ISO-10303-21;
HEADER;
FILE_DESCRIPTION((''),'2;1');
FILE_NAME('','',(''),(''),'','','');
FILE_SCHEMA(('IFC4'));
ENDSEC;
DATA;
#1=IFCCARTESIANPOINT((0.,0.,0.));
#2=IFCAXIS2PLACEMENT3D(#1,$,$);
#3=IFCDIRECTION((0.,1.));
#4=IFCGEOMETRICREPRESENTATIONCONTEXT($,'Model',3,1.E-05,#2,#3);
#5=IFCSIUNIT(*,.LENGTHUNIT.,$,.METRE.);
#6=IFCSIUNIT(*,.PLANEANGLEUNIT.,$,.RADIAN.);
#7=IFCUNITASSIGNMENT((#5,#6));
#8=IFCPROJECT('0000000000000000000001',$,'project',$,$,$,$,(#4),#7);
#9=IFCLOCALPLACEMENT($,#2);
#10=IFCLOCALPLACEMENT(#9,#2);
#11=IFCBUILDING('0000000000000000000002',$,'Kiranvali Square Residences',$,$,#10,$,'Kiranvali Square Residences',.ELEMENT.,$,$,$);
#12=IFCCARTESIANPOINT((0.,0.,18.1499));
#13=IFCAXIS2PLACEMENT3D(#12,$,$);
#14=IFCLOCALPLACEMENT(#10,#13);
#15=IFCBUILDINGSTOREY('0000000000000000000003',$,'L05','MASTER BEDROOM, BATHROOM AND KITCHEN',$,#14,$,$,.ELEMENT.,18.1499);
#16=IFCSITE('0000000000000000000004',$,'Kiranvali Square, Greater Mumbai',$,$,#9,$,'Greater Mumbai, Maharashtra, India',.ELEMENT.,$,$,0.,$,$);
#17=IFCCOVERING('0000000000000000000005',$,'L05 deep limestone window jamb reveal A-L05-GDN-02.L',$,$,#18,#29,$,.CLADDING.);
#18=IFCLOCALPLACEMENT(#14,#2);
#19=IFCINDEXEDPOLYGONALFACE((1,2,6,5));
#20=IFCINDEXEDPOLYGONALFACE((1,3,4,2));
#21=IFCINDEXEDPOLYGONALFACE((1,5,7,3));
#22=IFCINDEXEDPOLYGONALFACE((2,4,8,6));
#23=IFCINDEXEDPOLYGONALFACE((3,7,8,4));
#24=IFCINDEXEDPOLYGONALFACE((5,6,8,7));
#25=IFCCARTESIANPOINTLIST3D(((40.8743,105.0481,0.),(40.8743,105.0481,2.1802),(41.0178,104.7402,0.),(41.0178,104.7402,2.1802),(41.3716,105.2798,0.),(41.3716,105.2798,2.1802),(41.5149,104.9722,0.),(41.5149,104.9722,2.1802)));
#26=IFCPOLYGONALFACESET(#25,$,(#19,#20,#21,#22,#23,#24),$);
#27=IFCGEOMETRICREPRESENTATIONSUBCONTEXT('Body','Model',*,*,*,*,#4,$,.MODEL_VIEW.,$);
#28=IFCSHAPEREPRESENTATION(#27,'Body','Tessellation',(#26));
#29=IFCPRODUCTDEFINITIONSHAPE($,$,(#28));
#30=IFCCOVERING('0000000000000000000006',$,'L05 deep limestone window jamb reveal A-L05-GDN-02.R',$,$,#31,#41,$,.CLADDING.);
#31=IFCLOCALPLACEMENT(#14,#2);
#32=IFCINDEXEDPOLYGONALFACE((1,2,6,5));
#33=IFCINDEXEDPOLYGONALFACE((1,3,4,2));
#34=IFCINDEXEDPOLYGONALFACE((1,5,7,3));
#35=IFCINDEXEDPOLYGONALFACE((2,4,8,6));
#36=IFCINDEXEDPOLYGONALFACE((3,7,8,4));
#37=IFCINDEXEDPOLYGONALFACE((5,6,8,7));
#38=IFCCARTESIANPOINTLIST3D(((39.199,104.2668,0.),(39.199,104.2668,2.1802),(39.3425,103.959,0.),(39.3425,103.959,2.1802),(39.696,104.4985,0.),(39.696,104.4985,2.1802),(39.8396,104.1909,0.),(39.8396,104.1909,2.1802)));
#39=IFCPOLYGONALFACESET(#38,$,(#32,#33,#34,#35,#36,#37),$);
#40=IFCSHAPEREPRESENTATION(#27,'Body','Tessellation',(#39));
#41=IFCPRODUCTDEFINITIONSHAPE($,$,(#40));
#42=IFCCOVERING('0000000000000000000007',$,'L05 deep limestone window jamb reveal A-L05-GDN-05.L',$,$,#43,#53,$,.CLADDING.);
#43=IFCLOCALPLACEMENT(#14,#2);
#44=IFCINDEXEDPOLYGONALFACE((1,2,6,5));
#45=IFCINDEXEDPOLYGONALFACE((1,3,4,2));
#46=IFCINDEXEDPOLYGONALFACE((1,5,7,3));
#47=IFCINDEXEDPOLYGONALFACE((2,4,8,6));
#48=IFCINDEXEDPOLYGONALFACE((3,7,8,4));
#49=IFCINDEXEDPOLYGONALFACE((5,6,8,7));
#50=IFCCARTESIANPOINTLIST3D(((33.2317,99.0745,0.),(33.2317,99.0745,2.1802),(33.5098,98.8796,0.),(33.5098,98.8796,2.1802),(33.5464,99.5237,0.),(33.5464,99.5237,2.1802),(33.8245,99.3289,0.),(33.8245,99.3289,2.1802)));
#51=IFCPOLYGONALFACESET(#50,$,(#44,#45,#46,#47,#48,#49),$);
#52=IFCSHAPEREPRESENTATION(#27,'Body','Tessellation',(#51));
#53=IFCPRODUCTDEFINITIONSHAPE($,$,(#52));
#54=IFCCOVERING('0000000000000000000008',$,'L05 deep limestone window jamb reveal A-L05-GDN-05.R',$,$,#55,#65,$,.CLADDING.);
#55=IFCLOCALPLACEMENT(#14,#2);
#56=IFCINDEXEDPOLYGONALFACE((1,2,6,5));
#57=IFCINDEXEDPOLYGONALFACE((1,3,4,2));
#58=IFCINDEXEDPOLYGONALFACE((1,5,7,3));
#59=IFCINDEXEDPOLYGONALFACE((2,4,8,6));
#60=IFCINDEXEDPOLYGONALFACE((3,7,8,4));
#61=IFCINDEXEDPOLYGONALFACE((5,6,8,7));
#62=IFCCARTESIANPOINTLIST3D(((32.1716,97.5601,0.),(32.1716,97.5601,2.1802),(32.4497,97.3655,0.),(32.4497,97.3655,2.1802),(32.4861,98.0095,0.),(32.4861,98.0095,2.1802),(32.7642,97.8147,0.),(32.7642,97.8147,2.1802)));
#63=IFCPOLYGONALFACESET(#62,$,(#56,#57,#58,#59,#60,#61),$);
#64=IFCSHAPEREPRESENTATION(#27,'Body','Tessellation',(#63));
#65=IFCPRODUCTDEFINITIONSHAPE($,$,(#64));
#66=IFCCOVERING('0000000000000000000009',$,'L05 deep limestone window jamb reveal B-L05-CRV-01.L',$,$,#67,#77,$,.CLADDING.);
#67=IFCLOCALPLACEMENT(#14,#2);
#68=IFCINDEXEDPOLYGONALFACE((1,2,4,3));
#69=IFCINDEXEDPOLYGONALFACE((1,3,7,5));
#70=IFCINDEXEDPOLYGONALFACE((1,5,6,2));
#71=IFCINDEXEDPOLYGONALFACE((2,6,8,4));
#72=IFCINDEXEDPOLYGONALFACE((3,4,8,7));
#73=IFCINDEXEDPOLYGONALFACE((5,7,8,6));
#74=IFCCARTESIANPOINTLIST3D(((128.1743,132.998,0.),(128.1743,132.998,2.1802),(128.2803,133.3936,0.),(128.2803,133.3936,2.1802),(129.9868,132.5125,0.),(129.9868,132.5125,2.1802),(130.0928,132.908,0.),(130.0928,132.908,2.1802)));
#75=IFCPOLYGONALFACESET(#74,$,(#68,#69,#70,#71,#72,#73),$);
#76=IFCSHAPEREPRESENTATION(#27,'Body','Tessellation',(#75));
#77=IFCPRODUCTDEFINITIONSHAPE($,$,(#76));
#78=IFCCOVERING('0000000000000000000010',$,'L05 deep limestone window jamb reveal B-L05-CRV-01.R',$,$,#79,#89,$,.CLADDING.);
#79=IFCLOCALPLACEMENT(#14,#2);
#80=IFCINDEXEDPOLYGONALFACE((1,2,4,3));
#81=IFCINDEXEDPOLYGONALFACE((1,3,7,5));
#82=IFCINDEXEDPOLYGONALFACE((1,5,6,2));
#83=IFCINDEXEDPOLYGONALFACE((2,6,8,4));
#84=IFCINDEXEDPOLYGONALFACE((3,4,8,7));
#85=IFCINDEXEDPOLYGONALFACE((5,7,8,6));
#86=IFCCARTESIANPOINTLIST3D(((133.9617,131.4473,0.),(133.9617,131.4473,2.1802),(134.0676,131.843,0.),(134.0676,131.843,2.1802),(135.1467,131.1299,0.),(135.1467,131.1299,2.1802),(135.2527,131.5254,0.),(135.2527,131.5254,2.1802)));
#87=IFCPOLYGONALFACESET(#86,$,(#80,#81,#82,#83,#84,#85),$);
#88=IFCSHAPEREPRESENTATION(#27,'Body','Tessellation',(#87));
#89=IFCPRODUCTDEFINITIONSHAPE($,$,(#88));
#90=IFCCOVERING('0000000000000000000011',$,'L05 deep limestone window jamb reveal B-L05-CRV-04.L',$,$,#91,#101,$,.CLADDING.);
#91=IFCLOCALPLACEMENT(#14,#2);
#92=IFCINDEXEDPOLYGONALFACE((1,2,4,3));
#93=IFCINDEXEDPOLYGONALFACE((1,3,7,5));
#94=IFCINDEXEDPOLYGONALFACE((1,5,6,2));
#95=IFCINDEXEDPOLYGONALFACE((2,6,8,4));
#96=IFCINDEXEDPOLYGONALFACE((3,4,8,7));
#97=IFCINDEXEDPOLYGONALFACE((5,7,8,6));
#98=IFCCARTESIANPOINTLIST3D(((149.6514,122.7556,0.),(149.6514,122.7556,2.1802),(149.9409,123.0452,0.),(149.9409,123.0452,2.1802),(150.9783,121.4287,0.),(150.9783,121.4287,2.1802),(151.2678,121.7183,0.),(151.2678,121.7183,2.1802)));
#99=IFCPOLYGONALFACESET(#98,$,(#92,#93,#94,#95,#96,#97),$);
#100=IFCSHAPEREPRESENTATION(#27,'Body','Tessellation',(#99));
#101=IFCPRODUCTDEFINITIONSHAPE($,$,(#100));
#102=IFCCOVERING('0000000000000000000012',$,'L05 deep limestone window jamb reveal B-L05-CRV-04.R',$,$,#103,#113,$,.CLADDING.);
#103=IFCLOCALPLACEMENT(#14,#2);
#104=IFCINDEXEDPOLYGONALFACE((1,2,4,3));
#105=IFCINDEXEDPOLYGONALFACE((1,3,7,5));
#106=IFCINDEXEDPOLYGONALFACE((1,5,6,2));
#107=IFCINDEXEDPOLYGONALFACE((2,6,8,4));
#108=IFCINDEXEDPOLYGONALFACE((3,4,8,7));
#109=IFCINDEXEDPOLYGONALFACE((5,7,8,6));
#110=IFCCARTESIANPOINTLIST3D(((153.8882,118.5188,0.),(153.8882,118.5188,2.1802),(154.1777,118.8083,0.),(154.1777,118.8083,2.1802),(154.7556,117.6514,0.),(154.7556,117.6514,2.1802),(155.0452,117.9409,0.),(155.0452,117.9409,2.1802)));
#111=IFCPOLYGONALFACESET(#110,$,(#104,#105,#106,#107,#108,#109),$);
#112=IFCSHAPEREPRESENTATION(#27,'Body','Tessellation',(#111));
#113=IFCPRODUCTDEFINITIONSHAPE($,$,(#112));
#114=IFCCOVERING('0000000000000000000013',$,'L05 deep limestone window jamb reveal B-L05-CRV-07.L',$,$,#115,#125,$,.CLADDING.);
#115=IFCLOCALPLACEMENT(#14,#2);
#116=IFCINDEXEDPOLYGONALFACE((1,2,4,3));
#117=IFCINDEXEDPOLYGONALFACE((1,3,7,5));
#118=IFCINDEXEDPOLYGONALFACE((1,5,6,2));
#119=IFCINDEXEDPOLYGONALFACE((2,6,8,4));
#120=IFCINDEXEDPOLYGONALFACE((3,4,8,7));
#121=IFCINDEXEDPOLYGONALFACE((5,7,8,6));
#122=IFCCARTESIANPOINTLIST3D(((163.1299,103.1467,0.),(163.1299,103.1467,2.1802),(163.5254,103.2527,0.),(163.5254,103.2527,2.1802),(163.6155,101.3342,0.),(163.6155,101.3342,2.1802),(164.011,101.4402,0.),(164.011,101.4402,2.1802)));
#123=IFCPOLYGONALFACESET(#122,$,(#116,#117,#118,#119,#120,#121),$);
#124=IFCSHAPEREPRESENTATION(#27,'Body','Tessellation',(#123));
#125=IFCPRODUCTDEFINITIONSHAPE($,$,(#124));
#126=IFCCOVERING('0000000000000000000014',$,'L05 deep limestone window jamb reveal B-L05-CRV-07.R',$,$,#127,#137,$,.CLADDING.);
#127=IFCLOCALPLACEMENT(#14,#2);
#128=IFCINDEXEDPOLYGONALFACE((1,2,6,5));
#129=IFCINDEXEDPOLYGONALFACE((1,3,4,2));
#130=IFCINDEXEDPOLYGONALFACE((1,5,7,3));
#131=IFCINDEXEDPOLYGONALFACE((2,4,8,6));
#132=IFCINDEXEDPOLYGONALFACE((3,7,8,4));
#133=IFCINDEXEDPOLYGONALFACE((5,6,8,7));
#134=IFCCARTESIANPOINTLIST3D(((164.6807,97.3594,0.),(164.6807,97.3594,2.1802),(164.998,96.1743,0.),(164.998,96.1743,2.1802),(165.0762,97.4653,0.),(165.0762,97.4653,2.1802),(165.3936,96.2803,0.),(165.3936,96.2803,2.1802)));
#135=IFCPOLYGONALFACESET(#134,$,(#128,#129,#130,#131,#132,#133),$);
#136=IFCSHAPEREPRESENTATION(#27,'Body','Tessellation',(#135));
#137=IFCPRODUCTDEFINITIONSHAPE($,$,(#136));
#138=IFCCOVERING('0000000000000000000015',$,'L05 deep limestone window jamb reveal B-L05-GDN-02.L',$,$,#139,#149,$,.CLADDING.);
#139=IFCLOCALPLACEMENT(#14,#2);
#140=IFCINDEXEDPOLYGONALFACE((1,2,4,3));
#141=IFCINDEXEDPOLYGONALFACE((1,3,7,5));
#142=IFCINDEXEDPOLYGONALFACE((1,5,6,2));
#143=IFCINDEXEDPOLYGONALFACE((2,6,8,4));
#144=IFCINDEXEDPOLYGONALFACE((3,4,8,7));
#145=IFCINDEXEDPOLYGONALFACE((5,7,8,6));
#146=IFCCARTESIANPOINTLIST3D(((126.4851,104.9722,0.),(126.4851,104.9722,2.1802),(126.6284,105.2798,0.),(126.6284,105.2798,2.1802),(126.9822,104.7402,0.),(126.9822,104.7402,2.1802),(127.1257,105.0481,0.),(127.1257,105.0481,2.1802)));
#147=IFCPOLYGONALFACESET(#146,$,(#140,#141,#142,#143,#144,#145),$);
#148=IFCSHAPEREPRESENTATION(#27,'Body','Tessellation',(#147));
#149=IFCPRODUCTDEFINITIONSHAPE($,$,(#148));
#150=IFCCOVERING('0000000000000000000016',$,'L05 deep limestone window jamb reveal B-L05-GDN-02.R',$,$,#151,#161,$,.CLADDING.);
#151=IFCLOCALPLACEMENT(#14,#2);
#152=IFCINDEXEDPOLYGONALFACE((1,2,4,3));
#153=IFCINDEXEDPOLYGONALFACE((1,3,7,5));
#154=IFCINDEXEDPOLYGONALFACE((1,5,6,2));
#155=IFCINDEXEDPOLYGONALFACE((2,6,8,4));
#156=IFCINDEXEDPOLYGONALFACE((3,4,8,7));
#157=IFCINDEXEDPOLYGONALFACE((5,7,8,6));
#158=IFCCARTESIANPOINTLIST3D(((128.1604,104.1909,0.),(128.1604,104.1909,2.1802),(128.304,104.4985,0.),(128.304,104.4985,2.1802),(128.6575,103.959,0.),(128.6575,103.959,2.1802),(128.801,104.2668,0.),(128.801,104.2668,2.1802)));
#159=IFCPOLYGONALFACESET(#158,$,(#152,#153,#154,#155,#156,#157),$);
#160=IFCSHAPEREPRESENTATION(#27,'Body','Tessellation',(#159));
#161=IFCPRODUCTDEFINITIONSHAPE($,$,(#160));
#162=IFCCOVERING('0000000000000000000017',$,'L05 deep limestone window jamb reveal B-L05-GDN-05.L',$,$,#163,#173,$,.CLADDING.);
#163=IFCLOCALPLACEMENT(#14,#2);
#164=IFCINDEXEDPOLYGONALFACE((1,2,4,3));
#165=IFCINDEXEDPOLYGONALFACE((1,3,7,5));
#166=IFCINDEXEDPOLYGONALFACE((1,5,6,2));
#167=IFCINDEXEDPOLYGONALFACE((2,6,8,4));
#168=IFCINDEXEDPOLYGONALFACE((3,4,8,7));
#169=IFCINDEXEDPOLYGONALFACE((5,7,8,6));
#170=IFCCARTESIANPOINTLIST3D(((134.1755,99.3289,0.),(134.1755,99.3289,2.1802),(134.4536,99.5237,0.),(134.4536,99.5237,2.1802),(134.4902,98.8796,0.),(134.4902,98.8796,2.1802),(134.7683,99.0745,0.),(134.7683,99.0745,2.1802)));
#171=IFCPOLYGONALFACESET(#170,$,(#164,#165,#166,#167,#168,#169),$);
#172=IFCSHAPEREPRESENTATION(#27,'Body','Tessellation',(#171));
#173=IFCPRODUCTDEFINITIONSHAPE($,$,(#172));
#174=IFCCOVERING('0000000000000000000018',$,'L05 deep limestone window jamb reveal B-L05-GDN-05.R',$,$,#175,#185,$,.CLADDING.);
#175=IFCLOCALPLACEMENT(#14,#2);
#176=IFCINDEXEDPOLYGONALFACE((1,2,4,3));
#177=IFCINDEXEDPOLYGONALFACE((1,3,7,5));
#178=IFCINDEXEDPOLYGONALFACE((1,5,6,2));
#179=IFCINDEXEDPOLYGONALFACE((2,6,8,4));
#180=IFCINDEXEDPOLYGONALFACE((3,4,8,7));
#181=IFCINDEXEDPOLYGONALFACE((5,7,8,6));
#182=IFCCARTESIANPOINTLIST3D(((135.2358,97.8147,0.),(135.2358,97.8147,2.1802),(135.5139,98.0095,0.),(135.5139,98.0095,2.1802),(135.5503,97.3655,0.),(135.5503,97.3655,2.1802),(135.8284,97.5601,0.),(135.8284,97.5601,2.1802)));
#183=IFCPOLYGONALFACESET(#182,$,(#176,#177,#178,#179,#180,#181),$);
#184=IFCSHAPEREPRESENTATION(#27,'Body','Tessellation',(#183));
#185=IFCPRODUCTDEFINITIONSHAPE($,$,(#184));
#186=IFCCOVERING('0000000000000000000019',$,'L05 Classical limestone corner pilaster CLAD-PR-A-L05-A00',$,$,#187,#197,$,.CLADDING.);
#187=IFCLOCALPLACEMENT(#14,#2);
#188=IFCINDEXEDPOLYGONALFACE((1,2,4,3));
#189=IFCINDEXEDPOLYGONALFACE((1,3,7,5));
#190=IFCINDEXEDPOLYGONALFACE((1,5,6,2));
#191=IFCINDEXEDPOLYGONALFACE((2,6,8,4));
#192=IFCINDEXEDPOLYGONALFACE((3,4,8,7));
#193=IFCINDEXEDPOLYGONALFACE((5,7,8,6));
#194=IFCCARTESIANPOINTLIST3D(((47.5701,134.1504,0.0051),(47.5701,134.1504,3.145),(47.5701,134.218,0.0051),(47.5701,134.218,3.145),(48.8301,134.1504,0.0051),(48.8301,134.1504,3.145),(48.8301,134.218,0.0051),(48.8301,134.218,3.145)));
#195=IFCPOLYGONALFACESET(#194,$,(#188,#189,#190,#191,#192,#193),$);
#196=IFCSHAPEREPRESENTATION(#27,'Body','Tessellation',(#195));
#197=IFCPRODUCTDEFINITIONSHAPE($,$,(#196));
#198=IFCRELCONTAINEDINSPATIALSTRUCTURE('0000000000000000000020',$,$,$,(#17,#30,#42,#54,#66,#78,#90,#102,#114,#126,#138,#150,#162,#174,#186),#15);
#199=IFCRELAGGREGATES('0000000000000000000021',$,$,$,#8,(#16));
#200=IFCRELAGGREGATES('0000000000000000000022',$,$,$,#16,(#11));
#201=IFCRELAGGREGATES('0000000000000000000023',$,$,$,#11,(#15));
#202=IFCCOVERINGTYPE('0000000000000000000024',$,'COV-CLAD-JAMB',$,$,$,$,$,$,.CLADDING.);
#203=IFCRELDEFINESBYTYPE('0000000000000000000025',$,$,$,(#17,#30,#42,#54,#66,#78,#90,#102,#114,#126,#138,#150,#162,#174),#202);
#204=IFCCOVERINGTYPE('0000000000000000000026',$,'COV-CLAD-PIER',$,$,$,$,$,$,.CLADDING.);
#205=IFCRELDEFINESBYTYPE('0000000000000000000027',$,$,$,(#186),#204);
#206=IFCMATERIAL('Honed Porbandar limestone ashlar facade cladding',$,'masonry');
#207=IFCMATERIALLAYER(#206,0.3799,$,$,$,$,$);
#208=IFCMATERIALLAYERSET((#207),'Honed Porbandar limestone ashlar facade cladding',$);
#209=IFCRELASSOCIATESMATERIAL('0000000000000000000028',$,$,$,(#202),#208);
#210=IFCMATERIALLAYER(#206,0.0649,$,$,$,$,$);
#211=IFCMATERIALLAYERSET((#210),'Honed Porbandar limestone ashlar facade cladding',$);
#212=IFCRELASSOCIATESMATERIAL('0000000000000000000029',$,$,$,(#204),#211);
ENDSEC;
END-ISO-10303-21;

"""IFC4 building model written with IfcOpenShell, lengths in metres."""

from ifc_helpers import new_model, si_unit, direction, frame, origin, place, context, subcontext, project, spatial, polyline, outline, extrude, material, layer, layer_set, type_object, element, save


model = new_model("IFC4")

# Units and contexts
model_context = context("Model", 3, precision=1e-05, world=origin(), true_north=direction((0.0, 1.0)))
body_context = subcontext(model_context, "Body", "Model", "MODEL_VIEW")
ifc_project = project(units=[si_unit("LENGTHUNIT", "METRE"), si_unit("PLANEANGLEUNIT", "RADIAN")], contexts=[model_context])

# Site, building, storey
site_placement = place(None, origin())
site = spatial("IfcSite", under=ifc_project, at=site_placement, Name="Kiranvali Square, Greater Mumbai", LongName="Greater Mumbai, Maharashtra, India", CompositionType="ELEMENT", RefElevation=0.0)
building_placement = place(site_placement, origin())
building = spatial("IfcBuilding", under=site, at=building_placement, Name="Kiranvali Square Residences", LongName="Kiranvali Square Residences", CompositionType="ELEMENT")
storey_placement = place(building_placement, frame((0.0, 0.0, 18.1499)))
storey = spatial("IfcBuildingStorey", under=building, at=storey_placement, Name="L05", Description="MASTER BEDROOM, BATHROOM AND KITCHEN", CompositionType="ELEMENT", Elevation=18.1499)

# Coverings
ifc_material_1 = material(Name="Honed Porbandar limestone ashlar facade cladding", Category="masonry")
ifc_layer_1 = layer(ifc_material_1, 0.3799)
ifc_layer_set_1 = layer_set([ifc_layer_1], Name="Honed Porbandar limestone ashlar facade cladding")
covering_type_1 = type_object("IfcCoveringType", Name="COV-CLAD-JAMB", PredefinedType="CLADDING", material=ifc_layer_set_1)
covering_1_placement = place(storey_placement, origin())
element("IfcCovering", 1, at=covering_1_placement, inside=storey, type_object=covering_type_1, Name="L05 deep limestone window jamb reveal A-L05-GDN-02.L", PredefinedType="CLADDING", context=body_context, shape_type="SweptSolid", body=[
    extrude(outline(polyline([(41.3716, 105.2798), (40.8743, 105.0481), (41.0178, 104.7402), (41.5149, 104.9722), (41.3716, 105.2798)])), origin(), (0.0, 0.0, 1.0), 2.1802),
])
covering_2_placement = place(storey_placement, origin())
element("IfcCovering", 2, at=covering_2_placement, inside=storey, type_object=covering_type_1, Name="L05 deep limestone window jamb reveal A-L05-GDN-02.R", PredefinedType="CLADDING", context=body_context, shape_type="SweptSolid", body=[
    extrude(outline(polyline([(39.696, 104.4985), (39.199, 104.2668), (39.3425, 103.959), (39.8396, 104.1909), (39.696, 104.4985)])), origin(), (0.0, 0.0, 1.0), 2.1802),
])
covering_3_placement = place(storey_placement, origin())
element("IfcCovering", 3, at=covering_3_placement, inside=storey, type_object=covering_type_1, Name="L05 deep limestone window jamb reveal A-L05-GDN-05.L", PredefinedType="CLADDING", context=body_context, shape_type="SweptSolid", body=[
    extrude(outline(polyline([(33.5464, 99.5237), (33.2317, 99.0745), (33.5098, 98.8796), (33.8245, 99.3289), (33.5464, 99.5237)])), origin(), (0.0, 0.0, 1.0), 2.1802),
])
covering_4_placement = place(storey_placement, origin())
element("IfcCovering", 4, at=covering_4_placement, inside=storey, type_object=covering_type_1, Name="L05 deep limestone window jamb reveal A-L05-GDN-05.R", PredefinedType="CLADDING", context=body_context, shape_type="SweptSolid", body=[
    extrude(outline(polyline([(32.4861, 98.0095), (32.1716, 97.5601), (32.4497, 97.3655), (32.7642, 97.8147), (32.4861, 98.0095)])), origin(), (0.0, 0.0, 1.0), 2.1802),
])
covering_5_placement = place(storey_placement, origin())
element("IfcCovering", 5, at=covering_5_placement, inside=storey, type_object=covering_type_1, Name="L05 deep limestone window jamb reveal B-L05-CRV-01.L", PredefinedType="CLADDING", context=body_context, shape_type="SweptSolid", body=[
    extrude(outline(polyline([(128.1743, 132.998), (129.9868, 132.5125), (130.0928, 132.908), (128.2803, 133.3936), (128.1743, 132.998)])), origin(), (0.0, 0.0, 1.0), 2.1802),
])
covering_6_placement = place(storey_placement, origin())
element("IfcCovering", 6, at=covering_6_placement, inside=storey, type_object=covering_type_1, Name="L05 deep limestone window jamb reveal B-L05-CRV-01.R", PredefinedType="CLADDING", context=body_context, shape_type="SweptSolid", body=[
    extrude(outline(polyline([(133.9617, 131.4473), (135.1467, 131.1299), (135.2527, 131.5254), (134.0676, 131.843), (133.9617, 131.4473)])), origin(), (0.0, 0.0, 1.0), 2.1802),
])
covering_7_placement = place(storey_placement, origin())
element("IfcCovering", 7, at=covering_7_placement, inside=storey, type_object=covering_type_1, Name="L05 deep limestone window jamb reveal B-L05-CRV-04.L", PredefinedType="CLADDING", context=body_context, shape_type="SweptSolid", body=[
    extrude(outline(polyline([(149.6514, 122.7556), (150.9783, 121.4287), (151.2678, 121.7183), (149.9409, 123.0452), (149.6514, 122.7556)])), origin(), (0.0, 0.0, 1.0), 2.1802),
])
covering_8_placement = place(storey_placement, origin())
element("IfcCovering", 8, at=covering_8_placement, inside=storey, type_object=covering_type_1, Name="L05 deep limestone window jamb reveal B-L05-CRV-04.R", PredefinedType="CLADDING", context=body_context, shape_type="SweptSolid", body=[
    extrude(outline(polyline([(153.8882, 118.5188), (154.7556, 117.6514), (155.0452, 117.9409), (154.1777, 118.8083), (153.8882, 118.5188)])), origin(), (0.0, 0.0, 1.0), 2.1802),
])
covering_9_placement = place(storey_placement, origin())
element("IfcCovering", 9, at=covering_9_placement, inside=storey, type_object=covering_type_1, Name="L05 deep limestone window jamb reveal B-L05-CRV-07.L", PredefinedType="CLADDING", context=body_context, shape_type="SweptSolid", body=[
    extrude(outline(polyline([(163.1299, 103.1467), (163.6155, 101.3342), (164.011, 101.4402), (163.5254, 103.2527), (163.1299, 103.1467)])), origin(), (0.0, 0.0, 1.0), 2.1802),
])
covering_10_placement = place(storey_placement, origin())
element("IfcCovering", 10, at=covering_10_placement, inside=storey, type_object=covering_type_1, Name="L05 deep limestone window jamb reveal B-L05-CRV-07.R", PredefinedType="CLADDING", context=body_context, shape_type="SweptSolid", body=[
    extrude(outline(polyline([(164.6807, 97.3594), (164.998, 96.1743), (165.3936, 96.2803), (165.0762, 97.4653), (164.6807, 97.3594)])), origin(), (0.0, 0.0, 1.0), 2.1802),
])
covering_11_placement = place(storey_placement, origin())
element("IfcCovering", 11, at=covering_11_placement, inside=storey, type_object=covering_type_1, Name="L05 deep limestone window jamb reveal B-L05-GDN-02.L", PredefinedType="CLADDING", context=body_context, shape_type="SweptSolid", body=[
    extrude(outline(polyline([(126.4851, 104.9722), (126.9822, 104.7402), (127.1257, 105.0481), (126.6284, 105.2798), (126.4851, 104.9722)])), origin(), (0.0, 0.0, 1.0), 2.1802),
])
covering_12_placement = place(storey_placement, origin())
element("IfcCovering", 12, at=covering_12_placement, inside=storey, type_object=covering_type_1, Name="L05 deep limestone window jamb reveal B-L05-GDN-02.R", PredefinedType="CLADDING", context=body_context, shape_type="SweptSolid", body=[
    extrude(outline(polyline([(128.1604, 104.1909), (128.6575, 103.959), (128.801, 104.2668), (128.304, 104.4985), (128.1604, 104.1909)])), origin(), (0.0, 0.0, 1.0), 2.1802),
])
covering_13_placement = place(storey_placement, origin())
element("IfcCovering", 13, at=covering_13_placement, inside=storey, type_object=covering_type_1, Name="L05 deep limestone window jamb reveal B-L05-GDN-05.L", PredefinedType="CLADDING", context=body_context, shape_type="SweptSolid", body=[
    extrude(outline(polyline([(134.1755, 99.3289), (134.4902, 98.8796), (134.7683, 99.0745), (134.4536, 99.5237), (134.1755, 99.3289)])), origin(), (0.0, 0.0, 1.0), 2.1802),
])
covering_14_placement = place(storey_placement, origin())
element("IfcCovering", 14, at=covering_14_placement, inside=storey, type_object=covering_type_1, Name="L05 deep limestone window jamb reveal B-L05-GDN-05.R", PredefinedType="CLADDING", context=body_context, shape_type="SweptSolid", body=[
    extrude(outline(polyline([(135.2358, 97.8147), (135.5503, 97.3655), (135.8284, 97.5601), (135.5139, 98.0095), (135.2358, 97.8147)])), origin(), (0.0, 0.0, 1.0), 2.1802),
])
ifc_layer_2 = layer(ifc_material_1, 0.0649)
ifc_layer_set_2 = layer_set([ifc_layer_2], Name="Honed Porbandar limestone ashlar facade cladding")
covering_type_2 = type_object("IfcCoveringType", Name="COV-CLAD-PIER", PredefinedType="CLADDING", material=ifc_layer_set_2)
covering_15_placement = place(storey_placement, frame((0.0, 0.0, 0.0051)))
element("IfcCovering", 15, at=covering_15_placement, inside=storey, type_object=covering_type_2, Name="L05 Classical limestone corner pilaster CLAD-PR-A-L05-A00", PredefinedType="CLADDING", context=body_context, shape_type="SweptSolid", body=[
    extrude(outline(polyline([(48.8301, 134.218), (47.5701, 134.218), (47.5701, 134.1504), (48.8301, 134.1504), (48.8301, 134.218)])), origin(), (0.0, 0.0, 1.0), 3.1399),
])

save(model, "model.ifc")
